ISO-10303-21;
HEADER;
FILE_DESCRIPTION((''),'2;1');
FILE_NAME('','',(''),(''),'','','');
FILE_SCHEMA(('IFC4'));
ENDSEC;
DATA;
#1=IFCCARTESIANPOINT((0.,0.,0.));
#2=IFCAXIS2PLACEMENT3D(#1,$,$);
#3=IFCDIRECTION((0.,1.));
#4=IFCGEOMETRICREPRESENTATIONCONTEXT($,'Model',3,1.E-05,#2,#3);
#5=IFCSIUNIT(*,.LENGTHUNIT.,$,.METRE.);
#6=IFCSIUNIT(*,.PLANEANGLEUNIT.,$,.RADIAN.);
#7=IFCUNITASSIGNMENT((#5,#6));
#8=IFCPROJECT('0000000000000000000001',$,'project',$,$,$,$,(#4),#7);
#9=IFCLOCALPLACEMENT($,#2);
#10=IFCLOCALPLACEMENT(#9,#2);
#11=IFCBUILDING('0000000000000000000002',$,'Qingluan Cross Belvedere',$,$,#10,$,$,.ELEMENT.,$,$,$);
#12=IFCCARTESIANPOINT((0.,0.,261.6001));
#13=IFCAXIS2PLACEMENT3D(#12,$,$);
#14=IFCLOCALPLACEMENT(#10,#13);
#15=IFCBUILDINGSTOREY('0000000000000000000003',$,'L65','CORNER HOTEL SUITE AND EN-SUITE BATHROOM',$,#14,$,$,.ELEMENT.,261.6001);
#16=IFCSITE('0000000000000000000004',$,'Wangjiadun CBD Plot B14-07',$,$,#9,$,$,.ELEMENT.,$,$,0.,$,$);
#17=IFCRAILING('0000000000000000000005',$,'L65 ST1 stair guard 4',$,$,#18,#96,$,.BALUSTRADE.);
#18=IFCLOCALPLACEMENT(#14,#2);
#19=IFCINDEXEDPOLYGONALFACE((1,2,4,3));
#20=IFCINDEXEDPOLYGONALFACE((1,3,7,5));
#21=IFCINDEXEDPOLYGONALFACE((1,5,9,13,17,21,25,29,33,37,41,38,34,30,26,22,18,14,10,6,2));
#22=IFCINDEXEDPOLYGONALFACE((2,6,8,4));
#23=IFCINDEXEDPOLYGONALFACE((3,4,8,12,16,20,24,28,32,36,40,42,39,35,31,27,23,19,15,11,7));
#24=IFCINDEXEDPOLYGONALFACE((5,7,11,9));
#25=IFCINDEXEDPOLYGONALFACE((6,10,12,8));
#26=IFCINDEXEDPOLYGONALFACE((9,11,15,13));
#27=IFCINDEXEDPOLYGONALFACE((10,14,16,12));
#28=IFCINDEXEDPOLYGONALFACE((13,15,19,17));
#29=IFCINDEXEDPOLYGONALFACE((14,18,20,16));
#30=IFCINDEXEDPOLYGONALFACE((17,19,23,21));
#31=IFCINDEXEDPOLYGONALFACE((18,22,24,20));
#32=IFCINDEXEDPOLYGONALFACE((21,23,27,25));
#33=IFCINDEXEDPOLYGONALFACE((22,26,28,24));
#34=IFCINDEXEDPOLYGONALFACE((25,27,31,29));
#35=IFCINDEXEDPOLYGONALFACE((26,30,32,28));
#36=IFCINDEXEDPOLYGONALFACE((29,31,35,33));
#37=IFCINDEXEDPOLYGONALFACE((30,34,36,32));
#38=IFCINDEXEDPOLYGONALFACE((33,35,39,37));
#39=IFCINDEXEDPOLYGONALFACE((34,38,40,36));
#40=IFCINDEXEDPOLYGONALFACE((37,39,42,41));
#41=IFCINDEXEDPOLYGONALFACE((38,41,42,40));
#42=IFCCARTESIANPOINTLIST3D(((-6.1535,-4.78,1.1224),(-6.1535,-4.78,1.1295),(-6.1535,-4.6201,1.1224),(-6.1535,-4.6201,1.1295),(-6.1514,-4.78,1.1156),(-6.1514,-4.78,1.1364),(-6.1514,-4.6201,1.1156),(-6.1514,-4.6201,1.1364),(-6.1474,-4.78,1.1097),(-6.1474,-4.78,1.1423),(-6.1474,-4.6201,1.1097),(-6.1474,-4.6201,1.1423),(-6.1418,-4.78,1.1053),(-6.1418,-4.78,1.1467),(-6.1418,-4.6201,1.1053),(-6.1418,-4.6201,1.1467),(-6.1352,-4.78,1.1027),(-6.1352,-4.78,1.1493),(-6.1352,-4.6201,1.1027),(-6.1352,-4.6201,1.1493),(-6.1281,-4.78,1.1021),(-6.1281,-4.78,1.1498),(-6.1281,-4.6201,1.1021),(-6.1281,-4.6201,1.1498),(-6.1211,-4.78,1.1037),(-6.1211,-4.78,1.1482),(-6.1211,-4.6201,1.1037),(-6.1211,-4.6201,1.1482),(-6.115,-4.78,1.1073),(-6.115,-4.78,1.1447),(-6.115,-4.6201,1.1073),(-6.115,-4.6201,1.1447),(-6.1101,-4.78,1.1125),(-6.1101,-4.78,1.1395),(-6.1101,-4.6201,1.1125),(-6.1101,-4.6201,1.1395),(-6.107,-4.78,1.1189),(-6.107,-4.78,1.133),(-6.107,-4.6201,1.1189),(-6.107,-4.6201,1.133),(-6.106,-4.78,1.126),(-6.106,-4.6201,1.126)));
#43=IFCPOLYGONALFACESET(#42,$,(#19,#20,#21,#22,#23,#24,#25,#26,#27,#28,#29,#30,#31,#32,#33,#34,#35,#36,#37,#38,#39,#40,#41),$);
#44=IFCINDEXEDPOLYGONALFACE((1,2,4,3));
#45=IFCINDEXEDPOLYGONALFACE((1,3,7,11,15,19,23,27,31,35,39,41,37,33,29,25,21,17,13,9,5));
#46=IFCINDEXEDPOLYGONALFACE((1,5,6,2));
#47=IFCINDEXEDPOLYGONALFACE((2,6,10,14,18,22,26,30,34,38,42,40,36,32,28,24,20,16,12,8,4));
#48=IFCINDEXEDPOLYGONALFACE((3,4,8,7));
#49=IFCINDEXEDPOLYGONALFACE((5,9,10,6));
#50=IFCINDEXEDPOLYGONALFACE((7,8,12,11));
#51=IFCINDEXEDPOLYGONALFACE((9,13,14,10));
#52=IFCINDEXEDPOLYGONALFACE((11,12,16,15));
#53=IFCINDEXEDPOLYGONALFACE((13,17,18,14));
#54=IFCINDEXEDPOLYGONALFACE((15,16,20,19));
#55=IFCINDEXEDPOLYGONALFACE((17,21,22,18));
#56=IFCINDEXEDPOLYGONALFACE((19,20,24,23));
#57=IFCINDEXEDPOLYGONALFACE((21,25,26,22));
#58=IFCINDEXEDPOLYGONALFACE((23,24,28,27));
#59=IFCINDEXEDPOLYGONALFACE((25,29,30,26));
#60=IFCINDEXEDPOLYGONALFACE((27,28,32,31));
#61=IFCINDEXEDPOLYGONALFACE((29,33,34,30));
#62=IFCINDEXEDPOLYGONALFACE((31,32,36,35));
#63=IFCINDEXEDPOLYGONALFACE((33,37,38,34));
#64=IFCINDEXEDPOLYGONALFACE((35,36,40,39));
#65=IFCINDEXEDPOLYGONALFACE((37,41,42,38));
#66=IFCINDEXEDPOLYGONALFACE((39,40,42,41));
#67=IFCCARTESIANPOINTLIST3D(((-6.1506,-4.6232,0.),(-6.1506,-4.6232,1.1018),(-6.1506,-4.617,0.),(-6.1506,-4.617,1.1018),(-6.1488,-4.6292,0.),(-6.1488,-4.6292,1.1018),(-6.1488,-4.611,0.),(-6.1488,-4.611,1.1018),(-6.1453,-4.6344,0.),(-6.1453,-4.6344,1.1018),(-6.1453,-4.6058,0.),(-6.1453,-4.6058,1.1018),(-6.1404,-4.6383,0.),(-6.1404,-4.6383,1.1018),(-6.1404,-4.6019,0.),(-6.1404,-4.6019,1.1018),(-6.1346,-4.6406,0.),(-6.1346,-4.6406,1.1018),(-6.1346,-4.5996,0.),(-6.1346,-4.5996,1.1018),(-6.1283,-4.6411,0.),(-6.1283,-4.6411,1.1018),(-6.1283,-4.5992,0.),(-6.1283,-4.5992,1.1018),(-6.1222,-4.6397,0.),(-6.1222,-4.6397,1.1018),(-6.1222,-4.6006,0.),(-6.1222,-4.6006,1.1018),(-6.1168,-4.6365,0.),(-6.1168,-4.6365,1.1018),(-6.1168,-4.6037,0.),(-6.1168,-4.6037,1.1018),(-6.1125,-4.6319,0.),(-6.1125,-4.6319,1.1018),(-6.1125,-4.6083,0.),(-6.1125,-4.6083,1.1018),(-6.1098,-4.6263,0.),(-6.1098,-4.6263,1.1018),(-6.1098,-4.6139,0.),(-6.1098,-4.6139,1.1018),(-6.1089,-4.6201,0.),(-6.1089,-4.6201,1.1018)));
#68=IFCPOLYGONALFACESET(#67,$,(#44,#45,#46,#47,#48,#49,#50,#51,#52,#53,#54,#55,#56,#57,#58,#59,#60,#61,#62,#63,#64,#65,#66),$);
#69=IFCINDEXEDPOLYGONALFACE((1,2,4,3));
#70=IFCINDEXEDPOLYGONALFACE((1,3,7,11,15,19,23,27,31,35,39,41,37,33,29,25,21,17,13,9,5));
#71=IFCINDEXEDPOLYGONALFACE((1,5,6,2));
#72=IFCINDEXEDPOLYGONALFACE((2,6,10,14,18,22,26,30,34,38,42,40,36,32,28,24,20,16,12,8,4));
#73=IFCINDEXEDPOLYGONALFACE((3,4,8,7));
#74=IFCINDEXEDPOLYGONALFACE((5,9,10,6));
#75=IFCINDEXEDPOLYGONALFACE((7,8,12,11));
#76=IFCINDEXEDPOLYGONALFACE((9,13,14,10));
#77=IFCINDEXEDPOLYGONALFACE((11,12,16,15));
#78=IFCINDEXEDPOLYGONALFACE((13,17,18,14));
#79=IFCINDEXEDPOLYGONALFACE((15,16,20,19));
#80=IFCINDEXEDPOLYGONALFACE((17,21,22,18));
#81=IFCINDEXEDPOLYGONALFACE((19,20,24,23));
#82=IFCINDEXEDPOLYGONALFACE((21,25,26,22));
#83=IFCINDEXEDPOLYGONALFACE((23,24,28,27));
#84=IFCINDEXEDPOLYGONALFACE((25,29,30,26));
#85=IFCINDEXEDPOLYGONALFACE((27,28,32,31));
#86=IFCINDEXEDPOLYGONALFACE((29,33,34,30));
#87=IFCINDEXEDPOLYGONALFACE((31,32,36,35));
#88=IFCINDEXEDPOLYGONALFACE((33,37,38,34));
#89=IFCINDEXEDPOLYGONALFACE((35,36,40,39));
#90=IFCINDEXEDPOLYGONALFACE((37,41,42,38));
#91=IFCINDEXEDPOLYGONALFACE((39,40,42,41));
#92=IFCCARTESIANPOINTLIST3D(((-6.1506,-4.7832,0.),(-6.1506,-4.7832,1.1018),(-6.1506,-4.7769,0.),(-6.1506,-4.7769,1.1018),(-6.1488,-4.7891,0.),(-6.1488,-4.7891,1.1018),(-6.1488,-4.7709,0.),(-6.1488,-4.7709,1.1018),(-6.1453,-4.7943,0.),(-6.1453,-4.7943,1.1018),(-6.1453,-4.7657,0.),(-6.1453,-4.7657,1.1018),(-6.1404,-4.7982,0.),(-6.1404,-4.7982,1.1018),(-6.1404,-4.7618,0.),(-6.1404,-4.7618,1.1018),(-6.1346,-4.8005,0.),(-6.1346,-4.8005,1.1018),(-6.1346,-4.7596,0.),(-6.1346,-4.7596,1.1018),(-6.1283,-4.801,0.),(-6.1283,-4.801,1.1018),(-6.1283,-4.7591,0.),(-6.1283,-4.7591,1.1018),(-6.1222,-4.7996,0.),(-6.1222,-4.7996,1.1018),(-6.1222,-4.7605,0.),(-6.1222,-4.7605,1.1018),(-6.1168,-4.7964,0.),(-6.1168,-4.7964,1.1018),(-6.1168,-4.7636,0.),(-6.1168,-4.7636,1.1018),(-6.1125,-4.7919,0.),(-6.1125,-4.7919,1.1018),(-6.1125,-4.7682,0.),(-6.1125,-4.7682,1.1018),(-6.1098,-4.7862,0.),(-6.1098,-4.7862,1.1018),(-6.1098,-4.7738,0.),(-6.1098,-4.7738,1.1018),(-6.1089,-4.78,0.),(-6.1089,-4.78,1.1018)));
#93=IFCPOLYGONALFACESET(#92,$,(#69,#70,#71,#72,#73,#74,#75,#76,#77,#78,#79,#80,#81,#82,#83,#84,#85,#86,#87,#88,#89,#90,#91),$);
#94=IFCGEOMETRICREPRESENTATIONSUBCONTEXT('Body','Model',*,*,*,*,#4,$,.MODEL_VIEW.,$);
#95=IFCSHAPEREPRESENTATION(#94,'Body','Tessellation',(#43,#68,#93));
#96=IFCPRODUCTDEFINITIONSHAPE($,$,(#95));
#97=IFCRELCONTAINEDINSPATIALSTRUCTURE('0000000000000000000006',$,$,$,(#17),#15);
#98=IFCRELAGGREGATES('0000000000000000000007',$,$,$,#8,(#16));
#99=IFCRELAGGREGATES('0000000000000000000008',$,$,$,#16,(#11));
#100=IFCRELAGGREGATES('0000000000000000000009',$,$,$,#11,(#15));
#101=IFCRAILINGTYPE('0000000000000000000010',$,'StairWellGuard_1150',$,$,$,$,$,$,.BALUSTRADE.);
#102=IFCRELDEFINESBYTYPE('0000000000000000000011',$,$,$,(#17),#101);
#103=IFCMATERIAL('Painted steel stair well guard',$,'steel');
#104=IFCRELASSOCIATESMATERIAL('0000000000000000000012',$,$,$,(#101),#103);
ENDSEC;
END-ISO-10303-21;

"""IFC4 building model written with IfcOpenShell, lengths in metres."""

from ifc_helpers import new_model, si_unit, direction, frame, origin, origin_2d, place, context, subcontext, project, spatial, circle, extrude, material, type_object, element, save


model = new_model("IFC4")

# Units and contexts
model_context = context("Model", 3, precision=1e-05, world=origin(), true_north=direction((0.0, 1.0)))
body_context = subcontext(model_context, "Body", "Model", "MODEL_VIEW")
ifc_project = project(units=[si_unit("LENGTHUNIT", "METRE"), si_unit("PLANEANGLEUNIT", "RADIAN")], contexts=[model_context])

# Site, building, storey
site_placement = place(None, origin())
site = spatial("IfcSite", under=ifc_project, at=site_placement, Name="Wangjiadun CBD Plot B14-07", CompositionType="ELEMENT", RefElevation=0.0)
building_placement = place(site_placement, origin())
building = spatial("IfcBuilding", under=site, at=building_placement, Name="Qingluan Cross Belvedere", CompositionType="ELEMENT")
storey_placement = place(building_placement, frame((0.0, 0.0, 261.6001)))
storey = spatial("IfcBuildingStorey", under=building, at=storey_placement, Name="L65", Description="CORNER HOTEL SUITE AND EN-SUITE BATHROOM", CompositionType="ELEMENT", Elevation=261.6001)

# Railing
ifc_material_1 = material(Name="Painted steel stair well guard", Category="steel")
railing_type_1 = type_object("IfcRailingType", Name="StairWellGuard_1150", PredefinedType="BALUSTRADE", material=ifc_material_1)
railing_1_placement = place(storey_placement, frame((-6.1299, -4.6201, 0.0)))
element("IfcRailing", 1, at=railing_1_placement, inside=storey, type_object=railing_type_1, Name="L65 ST1 stair guard 4", PredefinedType="BALUSTRADE", context=body_context, shape_type="SweptSolid", body=[
    extrude(circle(Radius=0.0239, at=origin_2d()), frame((0.0, 0.0, 1.126), z_axis=(0.0, -1.0, 0.0), x_axis=(1.0, 0.0, 0.0)), (0.0, 0.0, 1.0), 0.1599),
    extrude(circle(Radius=0.021, at=origin_2d()), origin(), (0.0, 0.0, 1.0), 1.1018),
    extrude(circle(Radius=0.021, at=origin_2d()), frame((0.0, -0.1599, 0.0)), (0.0, 0.0, 1.0), 1.1018),
])

save(model, "model.ifc")
